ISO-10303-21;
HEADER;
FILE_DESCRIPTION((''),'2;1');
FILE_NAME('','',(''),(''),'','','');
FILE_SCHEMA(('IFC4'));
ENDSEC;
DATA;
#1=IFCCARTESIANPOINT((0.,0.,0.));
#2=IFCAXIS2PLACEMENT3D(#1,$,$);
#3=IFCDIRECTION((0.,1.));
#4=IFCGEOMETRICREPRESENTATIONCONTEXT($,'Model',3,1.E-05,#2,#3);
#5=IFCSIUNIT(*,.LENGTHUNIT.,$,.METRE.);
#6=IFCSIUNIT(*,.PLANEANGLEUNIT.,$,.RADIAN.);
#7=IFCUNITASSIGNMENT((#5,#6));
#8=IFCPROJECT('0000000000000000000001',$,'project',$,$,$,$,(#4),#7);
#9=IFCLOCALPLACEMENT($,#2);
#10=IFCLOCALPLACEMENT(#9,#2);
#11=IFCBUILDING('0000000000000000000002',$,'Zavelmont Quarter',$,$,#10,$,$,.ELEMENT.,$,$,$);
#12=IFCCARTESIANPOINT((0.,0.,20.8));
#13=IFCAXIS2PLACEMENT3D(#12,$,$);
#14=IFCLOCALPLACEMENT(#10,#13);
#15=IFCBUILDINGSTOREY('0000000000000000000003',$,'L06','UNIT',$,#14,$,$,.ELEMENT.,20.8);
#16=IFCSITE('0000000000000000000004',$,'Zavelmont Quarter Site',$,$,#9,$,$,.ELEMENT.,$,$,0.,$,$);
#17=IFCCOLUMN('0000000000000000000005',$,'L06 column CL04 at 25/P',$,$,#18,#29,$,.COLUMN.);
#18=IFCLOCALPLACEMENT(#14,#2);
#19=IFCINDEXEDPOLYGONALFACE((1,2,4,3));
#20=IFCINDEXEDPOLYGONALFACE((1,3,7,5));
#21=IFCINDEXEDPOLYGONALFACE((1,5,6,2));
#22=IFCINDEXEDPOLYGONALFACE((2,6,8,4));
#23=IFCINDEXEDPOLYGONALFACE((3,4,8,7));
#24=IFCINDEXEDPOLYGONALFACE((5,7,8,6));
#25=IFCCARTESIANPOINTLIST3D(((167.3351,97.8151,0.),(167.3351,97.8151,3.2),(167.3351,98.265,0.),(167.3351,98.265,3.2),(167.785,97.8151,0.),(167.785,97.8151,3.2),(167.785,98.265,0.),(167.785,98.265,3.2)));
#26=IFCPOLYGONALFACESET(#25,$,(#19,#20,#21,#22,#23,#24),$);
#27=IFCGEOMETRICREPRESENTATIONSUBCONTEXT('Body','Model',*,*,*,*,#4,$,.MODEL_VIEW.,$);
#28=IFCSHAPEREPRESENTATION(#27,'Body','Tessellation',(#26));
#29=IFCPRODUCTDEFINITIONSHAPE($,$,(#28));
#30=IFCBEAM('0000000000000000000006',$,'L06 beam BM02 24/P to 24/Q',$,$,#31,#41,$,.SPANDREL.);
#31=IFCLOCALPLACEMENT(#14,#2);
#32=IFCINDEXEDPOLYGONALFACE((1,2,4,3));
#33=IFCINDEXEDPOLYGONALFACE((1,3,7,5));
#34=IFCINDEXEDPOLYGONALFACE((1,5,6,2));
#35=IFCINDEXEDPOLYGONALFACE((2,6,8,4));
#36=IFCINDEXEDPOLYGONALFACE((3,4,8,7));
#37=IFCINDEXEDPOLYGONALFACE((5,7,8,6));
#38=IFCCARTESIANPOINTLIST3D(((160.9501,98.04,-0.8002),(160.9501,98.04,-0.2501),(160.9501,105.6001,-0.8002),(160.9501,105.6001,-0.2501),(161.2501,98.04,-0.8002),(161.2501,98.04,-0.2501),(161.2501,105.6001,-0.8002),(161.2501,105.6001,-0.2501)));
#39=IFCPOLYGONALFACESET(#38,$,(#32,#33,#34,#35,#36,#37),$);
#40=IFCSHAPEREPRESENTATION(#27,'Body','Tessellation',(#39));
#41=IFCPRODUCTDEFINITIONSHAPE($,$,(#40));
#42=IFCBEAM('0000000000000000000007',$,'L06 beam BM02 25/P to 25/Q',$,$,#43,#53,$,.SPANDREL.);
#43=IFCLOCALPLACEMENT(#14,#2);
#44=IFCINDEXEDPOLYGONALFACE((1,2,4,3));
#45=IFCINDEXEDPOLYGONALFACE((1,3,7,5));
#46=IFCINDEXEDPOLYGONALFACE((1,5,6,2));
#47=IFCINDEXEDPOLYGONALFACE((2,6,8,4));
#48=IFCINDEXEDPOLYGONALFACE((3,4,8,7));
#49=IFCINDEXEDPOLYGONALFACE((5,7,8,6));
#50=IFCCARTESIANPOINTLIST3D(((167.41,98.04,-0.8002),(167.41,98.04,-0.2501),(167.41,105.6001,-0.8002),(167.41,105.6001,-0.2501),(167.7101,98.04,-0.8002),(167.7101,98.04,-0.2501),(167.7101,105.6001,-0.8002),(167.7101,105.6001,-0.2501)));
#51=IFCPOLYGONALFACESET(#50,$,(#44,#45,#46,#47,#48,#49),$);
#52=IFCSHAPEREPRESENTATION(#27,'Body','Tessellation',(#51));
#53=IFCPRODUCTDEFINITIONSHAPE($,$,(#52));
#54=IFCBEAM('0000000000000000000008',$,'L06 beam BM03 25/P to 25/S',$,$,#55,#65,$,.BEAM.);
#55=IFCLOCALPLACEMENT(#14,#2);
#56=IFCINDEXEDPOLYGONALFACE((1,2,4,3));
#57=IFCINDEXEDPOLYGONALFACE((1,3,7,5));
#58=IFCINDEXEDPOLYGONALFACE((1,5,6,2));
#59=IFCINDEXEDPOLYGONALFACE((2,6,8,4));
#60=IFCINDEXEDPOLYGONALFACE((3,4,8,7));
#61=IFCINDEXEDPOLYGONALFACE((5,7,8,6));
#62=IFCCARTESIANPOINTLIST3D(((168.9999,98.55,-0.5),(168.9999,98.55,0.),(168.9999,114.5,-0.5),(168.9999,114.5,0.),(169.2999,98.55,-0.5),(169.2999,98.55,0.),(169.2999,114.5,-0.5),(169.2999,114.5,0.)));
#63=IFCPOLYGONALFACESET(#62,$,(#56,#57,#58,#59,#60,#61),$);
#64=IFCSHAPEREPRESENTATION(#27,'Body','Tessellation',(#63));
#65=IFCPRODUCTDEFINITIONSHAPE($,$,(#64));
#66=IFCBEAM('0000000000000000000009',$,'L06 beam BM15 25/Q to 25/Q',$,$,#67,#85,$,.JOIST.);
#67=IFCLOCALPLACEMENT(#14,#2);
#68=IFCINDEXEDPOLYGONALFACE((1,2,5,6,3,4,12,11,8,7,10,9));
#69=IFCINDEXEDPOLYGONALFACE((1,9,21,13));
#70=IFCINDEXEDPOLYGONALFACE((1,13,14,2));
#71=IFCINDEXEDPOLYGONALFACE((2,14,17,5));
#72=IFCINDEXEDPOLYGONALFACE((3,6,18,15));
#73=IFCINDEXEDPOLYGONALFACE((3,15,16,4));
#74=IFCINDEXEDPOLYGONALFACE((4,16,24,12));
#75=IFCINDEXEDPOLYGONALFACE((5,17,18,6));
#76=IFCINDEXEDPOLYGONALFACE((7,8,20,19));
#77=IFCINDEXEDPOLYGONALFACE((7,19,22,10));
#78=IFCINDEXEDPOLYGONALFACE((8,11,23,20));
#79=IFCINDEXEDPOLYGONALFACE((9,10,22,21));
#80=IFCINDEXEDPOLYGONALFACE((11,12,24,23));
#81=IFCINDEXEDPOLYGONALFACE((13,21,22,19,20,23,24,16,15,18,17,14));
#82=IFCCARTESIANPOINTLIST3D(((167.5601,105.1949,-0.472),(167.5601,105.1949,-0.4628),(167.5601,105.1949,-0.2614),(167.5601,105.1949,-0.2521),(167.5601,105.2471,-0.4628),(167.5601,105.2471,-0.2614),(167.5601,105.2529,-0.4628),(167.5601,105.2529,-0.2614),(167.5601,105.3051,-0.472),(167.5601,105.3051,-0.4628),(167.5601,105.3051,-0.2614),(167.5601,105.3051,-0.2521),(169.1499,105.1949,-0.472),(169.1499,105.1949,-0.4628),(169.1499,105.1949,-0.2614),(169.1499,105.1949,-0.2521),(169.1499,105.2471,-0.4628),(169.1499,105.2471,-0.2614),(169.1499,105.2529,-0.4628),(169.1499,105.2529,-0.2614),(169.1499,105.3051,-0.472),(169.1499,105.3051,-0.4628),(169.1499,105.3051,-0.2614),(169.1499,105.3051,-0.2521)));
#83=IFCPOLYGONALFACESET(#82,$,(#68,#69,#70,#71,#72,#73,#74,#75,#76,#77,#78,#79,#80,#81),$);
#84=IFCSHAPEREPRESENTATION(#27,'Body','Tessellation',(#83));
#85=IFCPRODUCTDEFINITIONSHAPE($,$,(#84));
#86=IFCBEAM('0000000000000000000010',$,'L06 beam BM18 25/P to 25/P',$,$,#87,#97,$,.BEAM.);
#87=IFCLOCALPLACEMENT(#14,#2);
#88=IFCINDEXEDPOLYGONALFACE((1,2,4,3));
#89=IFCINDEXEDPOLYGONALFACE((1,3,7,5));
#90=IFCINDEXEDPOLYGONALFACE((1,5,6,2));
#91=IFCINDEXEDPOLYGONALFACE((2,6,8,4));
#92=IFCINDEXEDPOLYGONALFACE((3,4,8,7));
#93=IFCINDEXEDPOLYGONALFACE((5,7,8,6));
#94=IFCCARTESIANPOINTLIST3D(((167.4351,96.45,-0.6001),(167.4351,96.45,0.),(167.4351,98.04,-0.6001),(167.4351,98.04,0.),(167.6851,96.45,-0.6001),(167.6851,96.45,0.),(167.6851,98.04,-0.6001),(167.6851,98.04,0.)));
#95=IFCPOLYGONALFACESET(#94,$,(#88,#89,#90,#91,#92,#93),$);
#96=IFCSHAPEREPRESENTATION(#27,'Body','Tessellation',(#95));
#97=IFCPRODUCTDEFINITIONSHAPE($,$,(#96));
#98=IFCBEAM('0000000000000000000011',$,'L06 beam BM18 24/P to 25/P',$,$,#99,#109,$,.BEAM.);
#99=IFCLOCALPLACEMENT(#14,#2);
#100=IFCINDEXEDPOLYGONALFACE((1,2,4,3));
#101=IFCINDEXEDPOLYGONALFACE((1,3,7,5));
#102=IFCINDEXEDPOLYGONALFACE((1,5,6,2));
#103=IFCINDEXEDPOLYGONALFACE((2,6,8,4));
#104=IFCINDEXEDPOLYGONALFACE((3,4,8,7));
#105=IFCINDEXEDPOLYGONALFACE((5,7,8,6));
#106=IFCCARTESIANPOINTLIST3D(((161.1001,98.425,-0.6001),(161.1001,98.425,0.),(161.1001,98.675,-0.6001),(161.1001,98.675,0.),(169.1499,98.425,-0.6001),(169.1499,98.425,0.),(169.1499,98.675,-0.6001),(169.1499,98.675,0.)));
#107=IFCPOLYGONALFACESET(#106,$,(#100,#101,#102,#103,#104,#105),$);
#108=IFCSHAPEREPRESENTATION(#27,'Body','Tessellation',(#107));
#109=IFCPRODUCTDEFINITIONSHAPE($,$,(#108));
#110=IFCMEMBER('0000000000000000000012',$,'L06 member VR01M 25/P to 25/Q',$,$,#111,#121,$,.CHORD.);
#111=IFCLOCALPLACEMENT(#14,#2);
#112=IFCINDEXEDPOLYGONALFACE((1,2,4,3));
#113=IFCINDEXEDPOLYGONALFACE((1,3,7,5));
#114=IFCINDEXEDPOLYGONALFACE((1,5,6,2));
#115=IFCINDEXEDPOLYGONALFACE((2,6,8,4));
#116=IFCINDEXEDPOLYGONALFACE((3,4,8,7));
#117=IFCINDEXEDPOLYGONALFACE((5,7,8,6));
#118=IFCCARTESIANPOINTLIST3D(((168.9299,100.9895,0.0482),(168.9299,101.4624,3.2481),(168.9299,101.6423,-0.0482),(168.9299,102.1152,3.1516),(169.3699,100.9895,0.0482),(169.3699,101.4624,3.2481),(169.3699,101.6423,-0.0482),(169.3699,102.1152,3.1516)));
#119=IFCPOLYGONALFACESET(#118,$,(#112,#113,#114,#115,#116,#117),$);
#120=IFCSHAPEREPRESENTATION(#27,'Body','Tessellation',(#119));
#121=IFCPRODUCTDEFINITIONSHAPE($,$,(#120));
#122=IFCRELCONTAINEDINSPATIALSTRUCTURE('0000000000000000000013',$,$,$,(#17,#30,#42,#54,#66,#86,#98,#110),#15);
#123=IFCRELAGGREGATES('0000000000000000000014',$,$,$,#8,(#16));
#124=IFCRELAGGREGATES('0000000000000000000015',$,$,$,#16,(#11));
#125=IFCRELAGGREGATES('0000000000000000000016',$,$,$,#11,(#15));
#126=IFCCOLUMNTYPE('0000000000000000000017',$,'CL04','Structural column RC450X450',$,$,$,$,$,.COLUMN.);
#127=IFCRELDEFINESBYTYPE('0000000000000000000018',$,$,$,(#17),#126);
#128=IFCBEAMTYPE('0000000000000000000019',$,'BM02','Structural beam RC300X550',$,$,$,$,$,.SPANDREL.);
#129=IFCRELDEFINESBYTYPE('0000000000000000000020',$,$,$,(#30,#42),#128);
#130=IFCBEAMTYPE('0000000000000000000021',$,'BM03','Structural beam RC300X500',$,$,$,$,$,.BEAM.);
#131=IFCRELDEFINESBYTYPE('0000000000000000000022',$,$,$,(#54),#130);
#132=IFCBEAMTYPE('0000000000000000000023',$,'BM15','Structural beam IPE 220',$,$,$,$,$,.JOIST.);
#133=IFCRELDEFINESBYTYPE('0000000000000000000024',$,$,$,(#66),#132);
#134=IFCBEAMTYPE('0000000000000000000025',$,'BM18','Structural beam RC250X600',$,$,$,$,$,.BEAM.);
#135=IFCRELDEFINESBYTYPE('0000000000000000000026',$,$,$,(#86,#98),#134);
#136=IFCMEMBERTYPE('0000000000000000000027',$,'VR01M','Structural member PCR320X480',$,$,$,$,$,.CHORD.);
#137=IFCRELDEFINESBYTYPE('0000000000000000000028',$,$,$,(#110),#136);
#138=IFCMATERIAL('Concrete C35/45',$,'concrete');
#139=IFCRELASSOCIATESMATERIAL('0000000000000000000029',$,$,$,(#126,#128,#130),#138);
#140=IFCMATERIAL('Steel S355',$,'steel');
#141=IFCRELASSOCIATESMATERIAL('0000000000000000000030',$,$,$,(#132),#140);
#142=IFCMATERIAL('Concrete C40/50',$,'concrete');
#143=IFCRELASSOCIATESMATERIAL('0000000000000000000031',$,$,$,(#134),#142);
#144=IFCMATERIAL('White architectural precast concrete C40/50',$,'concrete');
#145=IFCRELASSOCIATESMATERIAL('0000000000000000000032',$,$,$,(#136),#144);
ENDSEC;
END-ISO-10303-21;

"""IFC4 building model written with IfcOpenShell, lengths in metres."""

from ifc_helpers import new_model, si_unit, direction, frame, origin, origin_2d, place, context, subcontext, project, spatial, rectangle, i_section, extrude, material, material_profile, profile_set, type_object, element, save


model = new_model("IFC4")

# Units and contexts
model_context = context("Model", 3, precision=1e-05, world=origin(), true_north=direction((0.0, 1.0)))
body_context = subcontext(model_context, "Body", "Model", "MODEL_VIEW")
ifc_project = project(units=[si_unit("LENGTHUNIT", "METRE"), si_unit("PLANEANGLEUNIT", "RADIAN")], contexts=[model_context])

# Site, building, storey
site_placement = place(None, origin())
site = spatial("IfcSite", under=ifc_project, at=site_placement, Name="Zavelmont Quarter Site", CompositionType="ELEMENT", RefElevation=0.0)
building_placement = place(site_placement, origin())
building = spatial("IfcBuilding", under=site, at=building_placement, Name="Zavelmont Quarter", CompositionType="ELEMENT")
storey_placement = place(building_placement, frame((0.0, 0.0, 20.8)))
storey = spatial("IfcBuildingStorey", under=building, at=storey_placement, Name="L06", Description="UNIT", CompositionType="ELEMENT", Elevation=20.8)

# Column
ifc_material_1 = material(Name="Concrete C35/45", Category="concrete")
ifc_material_profile_1 = material_profile(ifc_material_1, rectangle(XDim=0.45, YDim=0.45, at=origin_2d()), Name="RC450X450")
ifc_profile_set_1 = profile_set([ifc_material_profile_1], Name="Concrete C35/45")
column_type = type_object("IfcColumnType", Name="CL04", Description="Structural column RC450X450", PredefinedType="COLUMN", material=ifc_profile_set_1)
column_placement = place(storey_placement, frame((167.5601, 98.04, 0.0), z_axis=(0.0, 0.0, 1.0), x_axis=(1.0, 0.0, 0.0)))
element("IfcColumn", 1, at=column_placement, inside=storey, type_object=column_type, Name="L06 column CL04 at 25/P", PredefinedType="COLUMN", context=body_context, shape_type="SweptSolid", body=[
    extrude(rectangle(XDim=0.45, YDim=0.45, at=origin_2d()), origin(), (0.0, 0.0, 1.0), 3.2),
])

# Beams
ifc_material_profile_2 = material_profile(ifc_material_1, rectangle(XDim=0.3, YDim=0.55, at=origin_2d()), Name="RC300X550")
ifc_profile_set_2 = profile_set([ifc_material_profile_2], Name="Concrete C35/45")
beam_type_1 = type_object("IfcBeamType", Name="BM02", Description="Structural beam RC300X550", PredefinedType="SPANDREL", material=ifc_profile_set_2)
for number, where, z_axis, x_axis, name in (
    (2, (161.1001, 98.04, -0.5251), (0.0, 1.0, 0.0), (-1.0, 0.0, 0.0), "L06 beam BM02 24/P to 24/Q"),
    (3, (167.5601, 98.04, -0.5251), (0.0, 1.0, 0.0), (-1.0, 0.0, 0.0), "L06 beam BM02 25/P to 25/Q"),
):
    element("IfcBeam", number, at=place(storey_placement, frame(where, z_axis=z_axis, x_axis=x_axis)), inside=storey, type_object=beam_type_1, Name=name, PredefinedType="SPANDREL", context=body_context, shape_type="SweptSolid", body=[
        extrude(rectangle(XDim=0.3, YDim=0.55, at=origin_2d()), origin(), (0.0, 0.0, 1.0), 7.5601),
    ])
ifc_material_profile_3 = material_profile(ifc_material_1, rectangle(XDim=0.3, YDim=0.5, at=origin_2d()), Name="RC300X500")
ifc_profile_set_3 = profile_set([ifc_material_profile_3], Name="Concrete C35/45")
beam_type_2 = type_object("IfcBeamType", Name="BM03", Description="Structural beam RC300X500", PredefinedType="BEAM", material=ifc_profile_set_3)
beam_1_placement = place(storey_placement, frame((169.1499, 98.55, -0.25), z_axis=(0.0, 1.0, 0.0), x_axis=(-1.0, 0.0, 0.0)))
element("IfcBeam", 4, at=beam_1_placement, inside=storey, type_object=beam_type_2, Name="L06 beam BM03 25/P to 25/S", PredefinedType="BEAM", context=body_context, shape_type="SweptSolid", body=[
    extrude(rectangle(XDim=0.3, YDim=0.5, at=origin_2d()), origin(), (0.0, 0.0, 1.0), 15.95),
])
ifc_material_2 = material(Name="Steel S355", Category="steel")
ifc_material_profile_4 = material_profile(ifc_material_2, i_section(OverallWidth=0.1101, OverallDepth=0.22, WebThickness=0.0059, FlangeThickness=0.0093, at=origin_2d()), Name="IPE 220")
ifc_profile_set_4 = profile_set([ifc_material_profile_4], Name="Steel S355")
beam_type_3 = type_object("IfcBeamType", Name="BM15", Description="Structural beam IPE 220", PredefinedType="JOIST", material=ifc_profile_set_4)
beam_2_placement = place(storey_placement, frame((167.5601, 105.25, -0.3621), z_axis=(1.0, 0.0, 0.0), x_axis=(0.0, 1.0, 0.0)))
element("IfcBeam", 5, at=beam_2_placement, inside=storey, type_object=beam_type_3, Name="L06 beam BM15 25/Q to 25/Q", PredefinedType="JOIST", context=body_context, shape_type="SweptSolid", body=[
    extrude(i_section(OverallWidth=0.1101, OverallDepth=0.22, WebThickness=0.0059, FlangeThickness=0.0093, at=origin_2d()), origin(), (0.0, 0.0, 1.0), 1.5898),
])
ifc_material_3 = material(Name="Concrete C40/50", Category="concrete")
ifc_material_profile_5 = material_profile(ifc_material_3, rectangle(XDim=0.25, YDim=0.6001, at=origin_2d()), Name="RC250X600")
ifc_profile_set_5 = profile_set([ifc_material_profile_5], Name="Concrete C40/50")
beam_type_4 = type_object("IfcBeamType", Name="BM18", Description="Structural beam RC250X600", PredefinedType="BEAM", material=ifc_profile_set_5)
beam_3_placement = place(storey_placement, frame((167.5601, 98.04, -0.3), z_axis=(0.0, -1.0, 0.0), x_axis=(1.0, 0.0, 0.0)))
element("IfcBeam", 6, at=beam_3_placement, inside=storey, type_object=beam_type_4, Name="L06 beam BM18 25/P to 25/P", PredefinedType="BEAM", context=body_context, shape_type="SweptSolid", body=[
    extrude(rectangle(XDim=0.25, YDim=0.6001, at=origin_2d()), origin(), (0.0, 0.0, 1.0), 1.5901),
])
beam_4_placement = place(storey_placement, frame((161.1001, 98.55, -0.3), z_axis=(1.0, 0.0, 0.0), x_axis=(0.0, 1.0, 0.0)))
element("IfcBeam", 7, at=beam_4_placement, inside=storey, type_object=beam_type_4, Name="L06 beam BM18 24/P to 25/P", PredefinedType="BEAM", context=body_context, shape_type="SweptSolid", body=[
    extrude(rectangle(XDim=0.25, YDim=0.6001, at=origin_2d()), origin(), (0.0, 0.0, 1.0), 8.0498),
])

# Member
ifc_material_4 = material(Name="White architectural precast concrete C40/50", Category="concrete")
ifc_material_profile_6 = material_profile(ifc_material_4, rectangle(XDim=0.4399, YDim=0.6599, at=origin_2d()), Name="PCR320X480")
ifc_profile_set_6 = profile_set([ifc_material_profile_6], Name="White architectural precast concrete C40/50")
member_type = type_object("IfcMemberType", Name="VR01M", Description="Structural member PCR320X480", PredefinedType="CHORD", material=ifc_profile_set_6)
member_placement = place(storey_placement, frame((169.1499, 101.3159, 0.0), z_axis=(0.0, 0.146196, 0.989256), x_axis=(-1.0, 0.0, 0.0)))
element("IfcMember", 8, at=member_placement, inside=storey, type_object=member_type, Name="L06 member VR01M 25/P to 25/Q", PredefinedType="CHORD", context=body_context, shape_type="SweptSolid", body=[
    extrude(rectangle(XDim=0.4399, YDim=0.6599, at=origin_2d()), origin(), (0.0, 0.0, 1.0), 3.2346),
])

save(model, "model.ifc")
